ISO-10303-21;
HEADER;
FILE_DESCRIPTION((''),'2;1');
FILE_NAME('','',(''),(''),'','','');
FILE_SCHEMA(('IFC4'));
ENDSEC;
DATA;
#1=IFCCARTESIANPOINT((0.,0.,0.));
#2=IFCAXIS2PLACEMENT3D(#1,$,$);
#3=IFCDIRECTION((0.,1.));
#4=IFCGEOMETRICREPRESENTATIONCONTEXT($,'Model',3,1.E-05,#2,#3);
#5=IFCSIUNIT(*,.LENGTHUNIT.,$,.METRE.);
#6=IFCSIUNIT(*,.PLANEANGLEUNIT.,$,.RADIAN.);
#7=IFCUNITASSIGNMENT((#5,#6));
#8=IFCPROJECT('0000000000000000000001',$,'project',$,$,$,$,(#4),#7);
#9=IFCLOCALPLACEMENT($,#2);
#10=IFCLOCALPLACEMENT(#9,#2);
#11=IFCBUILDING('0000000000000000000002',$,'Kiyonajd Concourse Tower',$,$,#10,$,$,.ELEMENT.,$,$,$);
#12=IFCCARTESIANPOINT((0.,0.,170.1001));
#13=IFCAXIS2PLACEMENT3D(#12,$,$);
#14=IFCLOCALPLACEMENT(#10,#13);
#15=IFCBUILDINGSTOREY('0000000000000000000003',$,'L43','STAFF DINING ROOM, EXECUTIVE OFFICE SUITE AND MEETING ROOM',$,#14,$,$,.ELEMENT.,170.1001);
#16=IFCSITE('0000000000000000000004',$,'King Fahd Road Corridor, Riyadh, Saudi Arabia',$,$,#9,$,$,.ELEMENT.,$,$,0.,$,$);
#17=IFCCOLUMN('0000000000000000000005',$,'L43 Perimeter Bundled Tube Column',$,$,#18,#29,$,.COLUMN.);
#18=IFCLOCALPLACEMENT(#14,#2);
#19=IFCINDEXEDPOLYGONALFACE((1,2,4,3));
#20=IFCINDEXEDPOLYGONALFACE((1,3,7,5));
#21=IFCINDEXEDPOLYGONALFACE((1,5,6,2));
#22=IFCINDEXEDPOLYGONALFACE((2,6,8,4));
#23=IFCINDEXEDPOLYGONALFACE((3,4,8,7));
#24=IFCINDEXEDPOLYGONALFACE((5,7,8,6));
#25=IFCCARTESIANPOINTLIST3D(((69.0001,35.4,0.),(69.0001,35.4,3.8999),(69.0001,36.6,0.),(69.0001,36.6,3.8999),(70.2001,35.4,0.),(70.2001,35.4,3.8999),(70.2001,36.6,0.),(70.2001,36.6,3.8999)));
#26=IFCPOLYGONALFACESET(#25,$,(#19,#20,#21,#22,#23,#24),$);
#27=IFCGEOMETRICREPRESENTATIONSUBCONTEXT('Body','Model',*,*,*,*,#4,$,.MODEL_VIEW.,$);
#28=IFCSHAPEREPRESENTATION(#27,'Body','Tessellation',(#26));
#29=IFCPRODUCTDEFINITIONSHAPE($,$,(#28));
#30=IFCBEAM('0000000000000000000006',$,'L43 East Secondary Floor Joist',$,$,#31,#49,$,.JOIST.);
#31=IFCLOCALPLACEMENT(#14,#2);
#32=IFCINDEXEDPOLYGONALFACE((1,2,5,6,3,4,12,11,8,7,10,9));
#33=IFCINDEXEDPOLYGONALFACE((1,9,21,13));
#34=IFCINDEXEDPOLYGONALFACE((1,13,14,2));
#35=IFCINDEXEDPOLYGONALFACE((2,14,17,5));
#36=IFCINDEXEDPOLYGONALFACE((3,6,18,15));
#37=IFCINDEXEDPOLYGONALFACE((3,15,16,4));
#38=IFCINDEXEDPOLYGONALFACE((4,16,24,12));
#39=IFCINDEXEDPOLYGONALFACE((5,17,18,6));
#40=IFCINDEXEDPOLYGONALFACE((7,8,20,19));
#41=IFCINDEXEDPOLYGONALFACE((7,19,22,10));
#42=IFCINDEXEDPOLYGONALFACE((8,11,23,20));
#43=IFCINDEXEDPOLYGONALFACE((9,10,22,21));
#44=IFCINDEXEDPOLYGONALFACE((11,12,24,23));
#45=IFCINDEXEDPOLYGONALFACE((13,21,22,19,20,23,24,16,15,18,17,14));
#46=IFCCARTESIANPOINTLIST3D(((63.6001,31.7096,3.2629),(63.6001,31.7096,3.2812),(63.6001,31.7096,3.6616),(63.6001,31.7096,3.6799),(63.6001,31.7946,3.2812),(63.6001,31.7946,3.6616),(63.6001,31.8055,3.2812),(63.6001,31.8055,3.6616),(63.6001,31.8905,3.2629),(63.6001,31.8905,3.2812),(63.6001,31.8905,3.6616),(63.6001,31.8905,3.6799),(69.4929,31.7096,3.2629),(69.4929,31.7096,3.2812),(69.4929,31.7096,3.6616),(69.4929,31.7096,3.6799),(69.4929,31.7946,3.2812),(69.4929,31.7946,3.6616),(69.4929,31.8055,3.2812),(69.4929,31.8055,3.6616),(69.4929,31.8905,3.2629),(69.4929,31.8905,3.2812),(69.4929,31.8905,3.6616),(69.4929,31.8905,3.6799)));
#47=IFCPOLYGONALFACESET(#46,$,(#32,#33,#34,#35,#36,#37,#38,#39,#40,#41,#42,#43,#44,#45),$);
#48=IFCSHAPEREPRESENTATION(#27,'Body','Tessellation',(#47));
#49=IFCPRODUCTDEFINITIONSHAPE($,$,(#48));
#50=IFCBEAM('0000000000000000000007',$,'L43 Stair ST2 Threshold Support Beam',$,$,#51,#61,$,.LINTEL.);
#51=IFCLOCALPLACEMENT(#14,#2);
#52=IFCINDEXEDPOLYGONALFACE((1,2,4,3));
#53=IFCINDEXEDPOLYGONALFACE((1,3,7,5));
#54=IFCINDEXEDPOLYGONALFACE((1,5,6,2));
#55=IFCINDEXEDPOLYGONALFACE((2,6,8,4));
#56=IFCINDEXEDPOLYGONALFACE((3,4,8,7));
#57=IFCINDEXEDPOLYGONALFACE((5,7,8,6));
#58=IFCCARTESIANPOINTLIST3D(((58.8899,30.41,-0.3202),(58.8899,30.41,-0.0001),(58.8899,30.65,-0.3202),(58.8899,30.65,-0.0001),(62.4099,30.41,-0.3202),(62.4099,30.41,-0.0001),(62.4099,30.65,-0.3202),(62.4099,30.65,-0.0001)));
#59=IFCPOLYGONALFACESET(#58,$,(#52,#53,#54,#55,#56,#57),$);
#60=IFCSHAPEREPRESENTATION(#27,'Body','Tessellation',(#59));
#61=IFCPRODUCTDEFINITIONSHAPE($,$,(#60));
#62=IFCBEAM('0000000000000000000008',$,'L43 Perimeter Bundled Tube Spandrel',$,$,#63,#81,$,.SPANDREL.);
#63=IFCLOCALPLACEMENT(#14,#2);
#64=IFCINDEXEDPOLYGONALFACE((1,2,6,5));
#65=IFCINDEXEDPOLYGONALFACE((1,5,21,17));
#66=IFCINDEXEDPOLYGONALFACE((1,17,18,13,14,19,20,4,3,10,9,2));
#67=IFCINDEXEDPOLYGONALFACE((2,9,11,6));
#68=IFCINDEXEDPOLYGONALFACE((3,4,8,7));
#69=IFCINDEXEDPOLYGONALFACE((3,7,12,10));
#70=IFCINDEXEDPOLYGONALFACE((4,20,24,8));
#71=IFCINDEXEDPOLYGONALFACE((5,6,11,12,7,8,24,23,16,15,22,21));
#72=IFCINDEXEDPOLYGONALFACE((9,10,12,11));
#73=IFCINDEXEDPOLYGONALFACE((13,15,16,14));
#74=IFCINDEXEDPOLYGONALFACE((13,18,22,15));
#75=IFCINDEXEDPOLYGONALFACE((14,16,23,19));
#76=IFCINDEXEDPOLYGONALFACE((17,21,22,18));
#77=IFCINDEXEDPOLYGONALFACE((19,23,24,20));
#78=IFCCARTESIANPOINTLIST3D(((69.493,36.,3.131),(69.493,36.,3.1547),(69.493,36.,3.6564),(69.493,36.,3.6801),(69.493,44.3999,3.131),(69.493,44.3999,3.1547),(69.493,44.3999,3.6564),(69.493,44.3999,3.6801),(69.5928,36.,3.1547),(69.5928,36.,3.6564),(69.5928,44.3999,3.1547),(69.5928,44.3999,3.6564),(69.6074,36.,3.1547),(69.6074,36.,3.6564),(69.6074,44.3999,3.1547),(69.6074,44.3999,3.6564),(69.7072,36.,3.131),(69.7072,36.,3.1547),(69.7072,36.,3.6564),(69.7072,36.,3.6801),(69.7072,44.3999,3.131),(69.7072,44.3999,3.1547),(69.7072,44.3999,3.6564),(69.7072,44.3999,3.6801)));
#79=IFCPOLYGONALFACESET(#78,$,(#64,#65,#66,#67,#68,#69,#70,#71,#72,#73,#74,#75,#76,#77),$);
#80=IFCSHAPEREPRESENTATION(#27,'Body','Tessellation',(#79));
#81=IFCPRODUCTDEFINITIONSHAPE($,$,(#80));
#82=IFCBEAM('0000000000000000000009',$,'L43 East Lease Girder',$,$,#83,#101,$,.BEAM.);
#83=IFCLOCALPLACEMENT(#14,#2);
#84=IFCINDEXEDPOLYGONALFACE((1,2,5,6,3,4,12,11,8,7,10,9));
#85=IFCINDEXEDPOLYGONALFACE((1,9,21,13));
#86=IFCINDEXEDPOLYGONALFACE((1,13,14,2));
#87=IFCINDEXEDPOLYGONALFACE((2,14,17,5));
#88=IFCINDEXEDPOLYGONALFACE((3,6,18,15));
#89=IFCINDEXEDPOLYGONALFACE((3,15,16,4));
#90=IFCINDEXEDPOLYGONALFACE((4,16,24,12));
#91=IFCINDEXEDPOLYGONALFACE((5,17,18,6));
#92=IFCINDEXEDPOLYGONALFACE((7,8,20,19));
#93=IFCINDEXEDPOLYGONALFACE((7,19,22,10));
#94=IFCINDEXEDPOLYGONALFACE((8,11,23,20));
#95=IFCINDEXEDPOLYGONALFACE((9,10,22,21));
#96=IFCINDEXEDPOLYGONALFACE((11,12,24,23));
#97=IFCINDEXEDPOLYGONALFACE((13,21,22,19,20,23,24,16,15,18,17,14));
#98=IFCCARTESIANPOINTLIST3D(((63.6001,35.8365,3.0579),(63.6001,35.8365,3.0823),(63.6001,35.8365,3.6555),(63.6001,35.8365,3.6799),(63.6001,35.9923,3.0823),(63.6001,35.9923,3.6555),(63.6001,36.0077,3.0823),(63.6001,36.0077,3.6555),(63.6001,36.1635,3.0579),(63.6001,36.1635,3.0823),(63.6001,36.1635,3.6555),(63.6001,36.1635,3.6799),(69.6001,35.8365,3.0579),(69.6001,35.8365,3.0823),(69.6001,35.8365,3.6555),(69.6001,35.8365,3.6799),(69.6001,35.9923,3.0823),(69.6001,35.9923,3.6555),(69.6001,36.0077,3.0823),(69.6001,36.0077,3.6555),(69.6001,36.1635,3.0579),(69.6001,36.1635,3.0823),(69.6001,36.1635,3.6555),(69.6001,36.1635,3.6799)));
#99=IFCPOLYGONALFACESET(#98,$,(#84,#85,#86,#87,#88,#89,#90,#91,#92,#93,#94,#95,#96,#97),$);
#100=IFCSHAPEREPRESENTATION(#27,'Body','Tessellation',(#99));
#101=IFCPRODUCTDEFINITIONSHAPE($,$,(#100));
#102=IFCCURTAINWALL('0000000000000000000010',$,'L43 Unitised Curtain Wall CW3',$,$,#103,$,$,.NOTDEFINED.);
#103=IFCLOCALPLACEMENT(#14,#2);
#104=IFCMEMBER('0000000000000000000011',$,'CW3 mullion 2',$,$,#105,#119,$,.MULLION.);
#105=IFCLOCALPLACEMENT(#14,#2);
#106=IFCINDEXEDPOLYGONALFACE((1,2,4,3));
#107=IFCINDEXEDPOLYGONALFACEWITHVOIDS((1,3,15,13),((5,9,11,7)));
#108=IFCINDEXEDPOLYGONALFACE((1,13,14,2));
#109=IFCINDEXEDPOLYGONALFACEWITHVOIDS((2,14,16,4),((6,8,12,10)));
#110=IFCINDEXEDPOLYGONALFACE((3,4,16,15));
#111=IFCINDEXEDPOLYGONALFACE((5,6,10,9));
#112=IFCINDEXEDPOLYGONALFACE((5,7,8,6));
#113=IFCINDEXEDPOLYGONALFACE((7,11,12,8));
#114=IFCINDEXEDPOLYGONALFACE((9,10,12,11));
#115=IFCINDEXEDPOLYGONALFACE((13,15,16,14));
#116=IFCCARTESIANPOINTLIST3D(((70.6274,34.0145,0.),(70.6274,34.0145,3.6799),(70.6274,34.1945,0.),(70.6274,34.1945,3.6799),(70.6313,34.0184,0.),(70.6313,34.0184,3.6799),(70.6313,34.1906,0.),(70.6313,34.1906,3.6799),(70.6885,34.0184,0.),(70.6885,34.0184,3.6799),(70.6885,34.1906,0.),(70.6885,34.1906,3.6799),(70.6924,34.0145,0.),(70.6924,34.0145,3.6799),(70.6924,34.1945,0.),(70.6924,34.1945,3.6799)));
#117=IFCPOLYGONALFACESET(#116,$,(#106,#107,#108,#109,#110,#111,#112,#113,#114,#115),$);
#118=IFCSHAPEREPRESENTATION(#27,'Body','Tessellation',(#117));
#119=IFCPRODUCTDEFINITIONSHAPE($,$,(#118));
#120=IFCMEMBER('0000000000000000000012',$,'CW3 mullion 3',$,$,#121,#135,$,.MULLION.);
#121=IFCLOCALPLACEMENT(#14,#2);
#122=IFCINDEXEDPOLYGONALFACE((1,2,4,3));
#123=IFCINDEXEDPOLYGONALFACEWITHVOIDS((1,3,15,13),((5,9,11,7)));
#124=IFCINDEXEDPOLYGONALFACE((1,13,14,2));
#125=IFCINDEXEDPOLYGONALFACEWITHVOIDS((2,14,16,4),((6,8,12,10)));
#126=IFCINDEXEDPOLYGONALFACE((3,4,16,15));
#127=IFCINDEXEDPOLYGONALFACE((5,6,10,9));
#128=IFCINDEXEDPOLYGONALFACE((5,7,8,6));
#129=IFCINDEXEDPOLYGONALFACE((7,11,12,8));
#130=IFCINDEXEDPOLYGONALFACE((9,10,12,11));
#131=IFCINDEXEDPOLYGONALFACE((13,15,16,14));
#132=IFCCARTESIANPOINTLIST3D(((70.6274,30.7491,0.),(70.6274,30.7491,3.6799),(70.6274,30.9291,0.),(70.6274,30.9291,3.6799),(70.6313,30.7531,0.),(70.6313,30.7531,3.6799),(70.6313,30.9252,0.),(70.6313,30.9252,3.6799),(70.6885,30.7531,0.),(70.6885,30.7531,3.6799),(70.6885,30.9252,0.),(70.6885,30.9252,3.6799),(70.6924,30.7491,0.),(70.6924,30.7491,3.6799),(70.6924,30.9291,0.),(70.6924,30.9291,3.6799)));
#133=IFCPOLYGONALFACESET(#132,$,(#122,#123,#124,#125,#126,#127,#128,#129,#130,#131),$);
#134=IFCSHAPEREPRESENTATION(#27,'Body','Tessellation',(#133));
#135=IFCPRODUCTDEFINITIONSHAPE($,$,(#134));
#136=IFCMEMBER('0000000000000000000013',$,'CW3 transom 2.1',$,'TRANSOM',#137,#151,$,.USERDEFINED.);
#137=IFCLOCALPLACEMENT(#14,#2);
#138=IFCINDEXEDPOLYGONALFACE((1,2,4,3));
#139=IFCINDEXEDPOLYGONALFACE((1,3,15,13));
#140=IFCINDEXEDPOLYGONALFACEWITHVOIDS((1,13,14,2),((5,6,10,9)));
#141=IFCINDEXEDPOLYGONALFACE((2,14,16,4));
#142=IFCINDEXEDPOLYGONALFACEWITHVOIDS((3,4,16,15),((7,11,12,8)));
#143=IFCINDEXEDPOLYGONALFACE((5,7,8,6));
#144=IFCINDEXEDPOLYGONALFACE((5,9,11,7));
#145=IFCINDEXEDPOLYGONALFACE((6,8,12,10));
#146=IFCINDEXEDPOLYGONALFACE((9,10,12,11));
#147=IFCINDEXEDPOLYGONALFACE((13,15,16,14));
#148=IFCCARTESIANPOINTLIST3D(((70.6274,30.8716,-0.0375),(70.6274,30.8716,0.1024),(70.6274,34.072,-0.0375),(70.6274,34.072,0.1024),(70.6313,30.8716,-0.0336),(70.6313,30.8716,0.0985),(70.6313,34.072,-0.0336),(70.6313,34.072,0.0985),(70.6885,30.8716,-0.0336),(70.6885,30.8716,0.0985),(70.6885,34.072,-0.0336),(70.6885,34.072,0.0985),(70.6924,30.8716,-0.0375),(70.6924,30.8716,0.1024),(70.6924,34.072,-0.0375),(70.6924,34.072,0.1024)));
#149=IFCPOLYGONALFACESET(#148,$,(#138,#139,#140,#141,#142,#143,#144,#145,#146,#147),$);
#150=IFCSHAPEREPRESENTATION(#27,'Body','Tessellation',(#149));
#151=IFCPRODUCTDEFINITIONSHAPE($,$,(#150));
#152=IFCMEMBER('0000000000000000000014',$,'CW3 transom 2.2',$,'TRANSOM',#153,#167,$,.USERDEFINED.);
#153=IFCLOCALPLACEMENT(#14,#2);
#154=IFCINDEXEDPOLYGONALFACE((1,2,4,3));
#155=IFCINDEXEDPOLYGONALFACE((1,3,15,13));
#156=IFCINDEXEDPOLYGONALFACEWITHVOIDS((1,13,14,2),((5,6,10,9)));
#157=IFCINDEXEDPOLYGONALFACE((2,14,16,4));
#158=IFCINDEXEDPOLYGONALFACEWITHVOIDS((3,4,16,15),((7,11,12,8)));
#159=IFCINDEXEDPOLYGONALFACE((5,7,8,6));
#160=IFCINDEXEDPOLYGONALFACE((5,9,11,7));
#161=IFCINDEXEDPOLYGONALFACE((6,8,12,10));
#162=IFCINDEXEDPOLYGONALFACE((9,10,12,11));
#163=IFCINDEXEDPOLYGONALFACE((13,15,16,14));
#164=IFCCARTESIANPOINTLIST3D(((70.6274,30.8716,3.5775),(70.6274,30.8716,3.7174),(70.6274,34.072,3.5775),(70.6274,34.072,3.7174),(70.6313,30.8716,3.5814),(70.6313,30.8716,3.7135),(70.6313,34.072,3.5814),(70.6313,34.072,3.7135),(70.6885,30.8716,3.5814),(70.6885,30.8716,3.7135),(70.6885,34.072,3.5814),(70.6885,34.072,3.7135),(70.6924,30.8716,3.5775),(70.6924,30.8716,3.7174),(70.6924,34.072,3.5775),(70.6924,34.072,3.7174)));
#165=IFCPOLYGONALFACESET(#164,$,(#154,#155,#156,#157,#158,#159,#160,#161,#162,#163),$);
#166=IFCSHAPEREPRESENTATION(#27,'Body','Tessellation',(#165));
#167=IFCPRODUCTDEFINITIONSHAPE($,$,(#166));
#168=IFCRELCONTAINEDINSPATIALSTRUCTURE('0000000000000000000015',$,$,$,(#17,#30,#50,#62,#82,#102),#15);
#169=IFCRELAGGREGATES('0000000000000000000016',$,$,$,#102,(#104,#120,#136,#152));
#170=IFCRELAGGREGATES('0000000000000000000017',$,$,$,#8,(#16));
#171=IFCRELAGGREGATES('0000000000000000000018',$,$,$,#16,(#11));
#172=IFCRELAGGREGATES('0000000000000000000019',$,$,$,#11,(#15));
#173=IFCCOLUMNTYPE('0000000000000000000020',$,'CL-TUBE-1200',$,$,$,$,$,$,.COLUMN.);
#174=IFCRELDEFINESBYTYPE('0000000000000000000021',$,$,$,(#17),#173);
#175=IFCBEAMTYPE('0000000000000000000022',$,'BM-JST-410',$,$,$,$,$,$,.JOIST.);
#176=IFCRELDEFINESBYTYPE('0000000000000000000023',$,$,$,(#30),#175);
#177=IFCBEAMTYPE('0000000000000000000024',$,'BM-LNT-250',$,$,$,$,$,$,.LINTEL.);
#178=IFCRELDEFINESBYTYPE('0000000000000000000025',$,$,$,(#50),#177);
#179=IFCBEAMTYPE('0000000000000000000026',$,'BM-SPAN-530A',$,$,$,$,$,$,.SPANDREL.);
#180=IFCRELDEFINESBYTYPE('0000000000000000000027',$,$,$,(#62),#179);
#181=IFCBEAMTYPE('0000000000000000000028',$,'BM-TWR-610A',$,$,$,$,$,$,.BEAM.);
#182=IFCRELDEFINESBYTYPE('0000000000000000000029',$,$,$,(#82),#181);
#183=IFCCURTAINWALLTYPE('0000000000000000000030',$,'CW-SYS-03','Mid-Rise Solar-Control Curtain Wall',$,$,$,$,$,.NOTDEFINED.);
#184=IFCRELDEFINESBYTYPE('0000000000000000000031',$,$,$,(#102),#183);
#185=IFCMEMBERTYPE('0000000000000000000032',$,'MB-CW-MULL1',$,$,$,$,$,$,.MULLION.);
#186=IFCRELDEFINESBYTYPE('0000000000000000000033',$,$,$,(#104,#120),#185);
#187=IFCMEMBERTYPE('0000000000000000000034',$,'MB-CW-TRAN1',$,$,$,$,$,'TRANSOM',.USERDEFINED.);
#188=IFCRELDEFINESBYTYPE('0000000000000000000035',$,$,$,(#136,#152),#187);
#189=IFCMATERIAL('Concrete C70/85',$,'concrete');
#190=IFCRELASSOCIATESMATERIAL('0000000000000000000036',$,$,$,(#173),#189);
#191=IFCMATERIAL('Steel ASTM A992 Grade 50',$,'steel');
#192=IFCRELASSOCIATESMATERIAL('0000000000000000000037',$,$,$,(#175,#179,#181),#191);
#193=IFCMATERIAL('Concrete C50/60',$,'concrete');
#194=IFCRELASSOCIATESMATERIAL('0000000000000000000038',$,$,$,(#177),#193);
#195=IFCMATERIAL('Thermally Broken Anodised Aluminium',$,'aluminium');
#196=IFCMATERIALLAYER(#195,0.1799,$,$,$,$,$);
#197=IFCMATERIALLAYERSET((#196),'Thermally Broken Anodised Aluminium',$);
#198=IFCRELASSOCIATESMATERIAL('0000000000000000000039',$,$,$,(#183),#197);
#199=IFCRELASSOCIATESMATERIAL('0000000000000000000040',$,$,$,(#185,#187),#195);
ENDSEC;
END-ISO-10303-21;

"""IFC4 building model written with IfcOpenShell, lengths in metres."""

from ifc_helpers import new_model, si_unit, direction, frame, origin, origin_2d, place, context, subcontext, project, spatial, rectangle, hollow_rectangle, i_section, extrude, material, layer, layer_set, material_profile, profile_set, type_object, element, aggregate, save


model = new_model("IFC4")

# Units and contexts
model_context = context("Model", 3, precision=1e-05, world=origin(), true_north=direction((0.0, 1.0)))
body_context = subcontext(model_context, "Body", "Model", "MODEL_VIEW")
ifc_project = project(units=[si_unit("LENGTHUNIT", "METRE"), si_unit("PLANEANGLEUNIT", "RADIAN")], contexts=[model_context])

# Site, building, storey
site_placement = place(None, origin())
site = spatial("IfcSite", under=ifc_project, at=site_placement, Name="King Fahd Road Corridor, Riyadh, Saudi Arabia", CompositionType="ELEMENT", RefElevation=0.0)
building_placement = place(site_placement, origin())
building = spatial("IfcBuilding", under=site, at=building_placement, Name="Kiyonajd Concourse Tower", CompositionType="ELEMENT")
storey_placement = place(building_placement, frame((0.0, 0.0, 170.1001)))
storey = spatial("IfcBuildingStorey", under=building, at=storey_placement, Name="L43", Description="STAFF DINING ROOM, EXECUTIVE OFFICE SUITE AND MEETING ROOM", CompositionType="ELEMENT", Elevation=170.1001)

# Column
ifc_material_1 = material(Name="Concrete C70/85", Category="concrete")
ifc_material_profile_1 = material_profile(ifc_material_1, rectangle(XDim=1.2, YDim=1.2, at=origin_2d()), Name="RC-1200x1200")
ifc_profile_set_1 = profile_set([ifc_material_profile_1], Name="Concrete C70/85")
column_type = type_object("IfcColumnType", Name="CL-TUBE-1200", PredefinedType="COLUMN", material=ifc_profile_set_1)
column_placement = place(storey_placement, frame((69.6001, 36.0, 0.0), z_axis=(0.0, 0.0, 1.0), x_axis=(1.0, 0.0, 0.0)))
element("IfcColumn", 1, at=column_placement, inside=storey, type_object=column_type, Name="L43 Perimeter Bundled Tube Column", PredefinedType="COLUMN", context=body_context, shape_type="SweptSolid", body=[
    extrude(rectangle(XDim=1.2, YDim=1.2, at=origin_2d()), origin(), (0.0, 0.0, 1.0), 3.8999),
])

# Beams
ifc_material_2 = material(Name="Steel ASTM A992 Grade 50", Category="steel")
ifc_material_profile_2 = material_profile(ifc_material_2, i_section(OverallWidth=0.1809, OverallDepth=0.417, WebThickness=0.011, FlangeThickness=0.0183, at=origin_2d()), Name="W410X85")
ifc_profile_set_2 = profile_set([ifc_material_profile_2], Name="Steel ASTM A992 Grade 50")
beam_type_1 = type_object("IfcBeamType", Name="BM-JST-410", PredefinedType="JOIST", material=ifc_profile_set_2)
beam_1_placement = place(storey_placement, frame((63.6001, 31.8, 3.4714), z_axis=(1.0, 0.0, 0.0), x_axis=(0.0, 1.0, 0.0)))
element("IfcBeam", 2, at=beam_1_placement, inside=storey, type_object=beam_type_1, Name="L43 East Secondary Floor Joist", PredefinedType="JOIST", context=body_context, shape_type="SweptSolid", body=[
    extrude(i_section(OverallWidth=0.1809, OverallDepth=0.417, WebThickness=0.011, FlangeThickness=0.0183, at=origin_2d()), origin(), (0.0, 0.0, 1.0), 5.8928),
])
ifc_material_3 = material(Name="Concrete C50/60", Category="concrete")
ifc_material_profile_3 = material_profile(ifc_material_3, rectangle(XDim=0.24, YDim=0.3201, at=origin_2d()), Name="RCBM-240x320")
ifc_profile_set_3 = profile_set([ifc_material_profile_3], Name="Concrete C50/60")
beam_type_2 = type_object("IfcBeamType", Name="BM-LNT-250", PredefinedType="LINTEL", material=ifc_profile_set_3)
beam_2_placement = place(storey_placement, frame((58.8899, 30.53, -0.1602), z_axis=(1.0, 0.0, 0.0), x_axis=(0.0, 1.0, 0.0)))
element("IfcBeam", 3, at=beam_2_placement, inside=storey, type_object=beam_type_2, Name="L43 Stair ST2 Threshold Support Beam", PredefinedType="LINTEL", context=body_context, shape_type="SweptSolid", body=[
    extrude(rectangle(XDim=0.24, YDim=0.3201, at=origin_2d()), origin(), (0.0, 0.0, 1.0), 3.52),
])
ifc_material_profile_4 = material_profile(ifc_material_2, i_section(OverallWidth=0.2141, OverallDepth=0.5491, WebThickness=0.0146, FlangeThickness=0.0237, at=origin_2d()), Name="W530X138")
ifc_profile_set_4 = profile_set([ifc_material_profile_4], Name="Steel ASTM A992 Grade 50")
beam_type_3 = type_object("IfcBeamType", Name="BM-SPAN-530A", PredefinedType="SPANDREL", material=ifc_profile_set_4)
beam_3_placement = place(storey_placement, frame((69.6001, 36.0, 3.4055), z_axis=(0.0, 1.0, 0.0), x_axis=(-1.0, 0.0, 0.0)))
element("IfcBeam", 4, at=beam_3_placement, inside=storey, type_object=beam_type_3, Name="L43 Perimeter Bundled Tube Spandrel", PredefinedType="SPANDREL", context=body_context, shape_type="SweptSolid", body=[
    extrude(i_section(OverallWidth=0.2141, OverallDepth=0.5491, WebThickness=0.0146, FlangeThickness=0.0237, at=origin_2d()), origin(), (0.0, 0.0, 1.0), 8.3999),
])
ifc_material_profile_5 = material_profile(ifc_material_2, i_section(OverallWidth=0.3269, OverallDepth=0.6221, WebThickness=0.0154, FlangeThickness=0.0244, at=origin_2d()), Name="W610X195")
ifc_profile_set_5 = profile_set([ifc_material_profile_5], Name="Steel ASTM A992 Grade 50")
beam_type_4 = type_object("IfcBeamType", Name="BM-TWR-610A", PredefinedType="BEAM", material=ifc_profile_set_5)
beam_4_placement = place(storey_placement, frame((63.6001, 36.0, 3.3689), z_axis=(1.0, 0.0, 0.0), x_axis=(0.0, 1.0, 0.0)))
element("IfcBeam", 5, at=beam_4_placement, inside=storey, type_object=beam_type_4, Name="L43 East Lease Girder", PredefinedType="BEAM", context=body_context, shape_type="SweptSolid", body=[
    extrude(i_section(OverallWidth=0.3269, OverallDepth=0.6221, WebThickness=0.0154, FlangeThickness=0.0244, at=origin_2d()), origin(), (0.0, 0.0, 1.0), 6.0),
])

# Curtain wall, members
ifc_material_4 = material(Name="Thermally Broken Anodised Aluminium", Category="aluminium")
ifc_layer_1 = layer(ifc_material_4, 0.1799)
ifc_layer_set_1 = layer_set([ifc_layer_1], Name="Thermally Broken Anodised Aluminium")
curtain_wall_type = type_object("IfcCurtainWallType", Name="CW-SYS-03", Description="Mid-Rise Solar-Control Curtain Wall", PredefinedType="NOTDEFINED", material=ifc_layer_set_1)
curtain_wall_placement = place(storey_placement, origin())
curtain_wall = element("IfcCurtainWall", 6, at=curtain_wall_placement, inside=storey, type_object=curtain_wall_type, Name="L43 Unitised Curtain Wall CW3", PredefinedType="NOTDEFINED")
ifc_material_profile_6 = material_profile(ifc_material_4, hollow_rectangle(XDim=0.0649, YDim=0.1799, WallThickness=0.0039, at=origin_2d()), Name="MULL-65x180")
ifc_profile_set_6 = profile_set([ifc_material_profile_6], Name="Thermally Broken Anodised Aluminium")
member_type_1 = type_object("IfcMemberType", Name="MB-CW-MULL1", PredefinedType="MULLION", material=ifc_profile_set_6)
member_1_placement = place(storey_placement, frame((70.6599, 34.1045, 0.0), z_axis=(0.0, 0.0, 1.0), x_axis=(1.0, 0.0, 0.0)))
member_1 = element("IfcMember", 7, at=member_1_placement, type_object=member_type_1, Name="CW3 mullion 2", PredefinedType="MULLION", context=body_context, shape_type="SweptSolid", body=[
    extrude(hollow_rectangle(XDim=0.0649, YDim=0.1799, WallThickness=0.0039, at=origin_2d()), origin(), (0.0, 0.0, 1.0), 3.6799),
])
member_2_placement = place(storey_placement, frame((70.6599, 30.8391, 0.0), z_axis=(0.0, 0.0, 1.0), x_axis=(1.0, 0.0, 0.0)))
member_2 = element("IfcMember", 8, at=member_2_placement, type_object=member_type_1, Name="CW3 mullion 3", PredefinedType="MULLION", context=body_context, shape_type="SweptSolid", body=[
    extrude(hollow_rectangle(XDim=0.0649, YDim=0.1799, WallThickness=0.0039, at=origin_2d()), origin(), (0.0, 0.0, 1.0), 3.6799),
])
ifc_material_profile_7 = material_profile(ifc_material_4, hollow_rectangle(XDim=0.0649, YDim=0.1399, WallThickness=0.0039, at=origin_2d()), Name="TRAN-65x140")
ifc_profile_set_7 = profile_set([ifc_material_profile_7], Name="Thermally Broken Anodised Aluminium")
member_type_2 = type_object("IfcMemberType", Name="MB-CW-TRAN1", ElementType="TRANSOM", PredefinedType="USERDEFINED", material=ifc_profile_set_7)
member_3_placement = place(storey_placement, frame((70.6599, 34.072, 0.0325), z_axis=(0.0, -1.0, 0.0), x_axis=(1.0, 0.0, 0.0)))
member_3 = element("IfcMember", 9, at=member_3_placement, type_object=member_type_2, Name="CW3 transom 2.1", ObjectType="TRANSOM", PredefinedType="USERDEFINED", context=body_context, shape_type="SweptSolid", body=[
    extrude(hollow_rectangle(XDim=0.0649, YDim=0.1399, WallThickness=0.0039, at=origin_2d()), origin(), (0.0, 0.0, 1.0), 3.2004),
])
member_4_placement = place(storey_placement, frame((70.6599, 34.072, 3.6475), z_axis=(0.0, -1.0, 0.0), x_axis=(1.0, 0.0, 0.0)))
member_4 = element("IfcMember", 10, at=member_4_placement, type_object=member_type_2, Name="CW3 transom 2.2", ObjectType="TRANSOM", PredefinedType="USERDEFINED", context=body_context, shape_type="SweptSolid", body=[
    extrude(hollow_rectangle(XDim=0.0649, YDim=0.1399, WallThickness=0.0039, at=origin_2d()), origin(), (0.0, 0.0, 1.0), 3.2004),
])
aggregate(curtain_wall, [member_1, member_2, member_3, member_4])

save(model, "model.ifc")
